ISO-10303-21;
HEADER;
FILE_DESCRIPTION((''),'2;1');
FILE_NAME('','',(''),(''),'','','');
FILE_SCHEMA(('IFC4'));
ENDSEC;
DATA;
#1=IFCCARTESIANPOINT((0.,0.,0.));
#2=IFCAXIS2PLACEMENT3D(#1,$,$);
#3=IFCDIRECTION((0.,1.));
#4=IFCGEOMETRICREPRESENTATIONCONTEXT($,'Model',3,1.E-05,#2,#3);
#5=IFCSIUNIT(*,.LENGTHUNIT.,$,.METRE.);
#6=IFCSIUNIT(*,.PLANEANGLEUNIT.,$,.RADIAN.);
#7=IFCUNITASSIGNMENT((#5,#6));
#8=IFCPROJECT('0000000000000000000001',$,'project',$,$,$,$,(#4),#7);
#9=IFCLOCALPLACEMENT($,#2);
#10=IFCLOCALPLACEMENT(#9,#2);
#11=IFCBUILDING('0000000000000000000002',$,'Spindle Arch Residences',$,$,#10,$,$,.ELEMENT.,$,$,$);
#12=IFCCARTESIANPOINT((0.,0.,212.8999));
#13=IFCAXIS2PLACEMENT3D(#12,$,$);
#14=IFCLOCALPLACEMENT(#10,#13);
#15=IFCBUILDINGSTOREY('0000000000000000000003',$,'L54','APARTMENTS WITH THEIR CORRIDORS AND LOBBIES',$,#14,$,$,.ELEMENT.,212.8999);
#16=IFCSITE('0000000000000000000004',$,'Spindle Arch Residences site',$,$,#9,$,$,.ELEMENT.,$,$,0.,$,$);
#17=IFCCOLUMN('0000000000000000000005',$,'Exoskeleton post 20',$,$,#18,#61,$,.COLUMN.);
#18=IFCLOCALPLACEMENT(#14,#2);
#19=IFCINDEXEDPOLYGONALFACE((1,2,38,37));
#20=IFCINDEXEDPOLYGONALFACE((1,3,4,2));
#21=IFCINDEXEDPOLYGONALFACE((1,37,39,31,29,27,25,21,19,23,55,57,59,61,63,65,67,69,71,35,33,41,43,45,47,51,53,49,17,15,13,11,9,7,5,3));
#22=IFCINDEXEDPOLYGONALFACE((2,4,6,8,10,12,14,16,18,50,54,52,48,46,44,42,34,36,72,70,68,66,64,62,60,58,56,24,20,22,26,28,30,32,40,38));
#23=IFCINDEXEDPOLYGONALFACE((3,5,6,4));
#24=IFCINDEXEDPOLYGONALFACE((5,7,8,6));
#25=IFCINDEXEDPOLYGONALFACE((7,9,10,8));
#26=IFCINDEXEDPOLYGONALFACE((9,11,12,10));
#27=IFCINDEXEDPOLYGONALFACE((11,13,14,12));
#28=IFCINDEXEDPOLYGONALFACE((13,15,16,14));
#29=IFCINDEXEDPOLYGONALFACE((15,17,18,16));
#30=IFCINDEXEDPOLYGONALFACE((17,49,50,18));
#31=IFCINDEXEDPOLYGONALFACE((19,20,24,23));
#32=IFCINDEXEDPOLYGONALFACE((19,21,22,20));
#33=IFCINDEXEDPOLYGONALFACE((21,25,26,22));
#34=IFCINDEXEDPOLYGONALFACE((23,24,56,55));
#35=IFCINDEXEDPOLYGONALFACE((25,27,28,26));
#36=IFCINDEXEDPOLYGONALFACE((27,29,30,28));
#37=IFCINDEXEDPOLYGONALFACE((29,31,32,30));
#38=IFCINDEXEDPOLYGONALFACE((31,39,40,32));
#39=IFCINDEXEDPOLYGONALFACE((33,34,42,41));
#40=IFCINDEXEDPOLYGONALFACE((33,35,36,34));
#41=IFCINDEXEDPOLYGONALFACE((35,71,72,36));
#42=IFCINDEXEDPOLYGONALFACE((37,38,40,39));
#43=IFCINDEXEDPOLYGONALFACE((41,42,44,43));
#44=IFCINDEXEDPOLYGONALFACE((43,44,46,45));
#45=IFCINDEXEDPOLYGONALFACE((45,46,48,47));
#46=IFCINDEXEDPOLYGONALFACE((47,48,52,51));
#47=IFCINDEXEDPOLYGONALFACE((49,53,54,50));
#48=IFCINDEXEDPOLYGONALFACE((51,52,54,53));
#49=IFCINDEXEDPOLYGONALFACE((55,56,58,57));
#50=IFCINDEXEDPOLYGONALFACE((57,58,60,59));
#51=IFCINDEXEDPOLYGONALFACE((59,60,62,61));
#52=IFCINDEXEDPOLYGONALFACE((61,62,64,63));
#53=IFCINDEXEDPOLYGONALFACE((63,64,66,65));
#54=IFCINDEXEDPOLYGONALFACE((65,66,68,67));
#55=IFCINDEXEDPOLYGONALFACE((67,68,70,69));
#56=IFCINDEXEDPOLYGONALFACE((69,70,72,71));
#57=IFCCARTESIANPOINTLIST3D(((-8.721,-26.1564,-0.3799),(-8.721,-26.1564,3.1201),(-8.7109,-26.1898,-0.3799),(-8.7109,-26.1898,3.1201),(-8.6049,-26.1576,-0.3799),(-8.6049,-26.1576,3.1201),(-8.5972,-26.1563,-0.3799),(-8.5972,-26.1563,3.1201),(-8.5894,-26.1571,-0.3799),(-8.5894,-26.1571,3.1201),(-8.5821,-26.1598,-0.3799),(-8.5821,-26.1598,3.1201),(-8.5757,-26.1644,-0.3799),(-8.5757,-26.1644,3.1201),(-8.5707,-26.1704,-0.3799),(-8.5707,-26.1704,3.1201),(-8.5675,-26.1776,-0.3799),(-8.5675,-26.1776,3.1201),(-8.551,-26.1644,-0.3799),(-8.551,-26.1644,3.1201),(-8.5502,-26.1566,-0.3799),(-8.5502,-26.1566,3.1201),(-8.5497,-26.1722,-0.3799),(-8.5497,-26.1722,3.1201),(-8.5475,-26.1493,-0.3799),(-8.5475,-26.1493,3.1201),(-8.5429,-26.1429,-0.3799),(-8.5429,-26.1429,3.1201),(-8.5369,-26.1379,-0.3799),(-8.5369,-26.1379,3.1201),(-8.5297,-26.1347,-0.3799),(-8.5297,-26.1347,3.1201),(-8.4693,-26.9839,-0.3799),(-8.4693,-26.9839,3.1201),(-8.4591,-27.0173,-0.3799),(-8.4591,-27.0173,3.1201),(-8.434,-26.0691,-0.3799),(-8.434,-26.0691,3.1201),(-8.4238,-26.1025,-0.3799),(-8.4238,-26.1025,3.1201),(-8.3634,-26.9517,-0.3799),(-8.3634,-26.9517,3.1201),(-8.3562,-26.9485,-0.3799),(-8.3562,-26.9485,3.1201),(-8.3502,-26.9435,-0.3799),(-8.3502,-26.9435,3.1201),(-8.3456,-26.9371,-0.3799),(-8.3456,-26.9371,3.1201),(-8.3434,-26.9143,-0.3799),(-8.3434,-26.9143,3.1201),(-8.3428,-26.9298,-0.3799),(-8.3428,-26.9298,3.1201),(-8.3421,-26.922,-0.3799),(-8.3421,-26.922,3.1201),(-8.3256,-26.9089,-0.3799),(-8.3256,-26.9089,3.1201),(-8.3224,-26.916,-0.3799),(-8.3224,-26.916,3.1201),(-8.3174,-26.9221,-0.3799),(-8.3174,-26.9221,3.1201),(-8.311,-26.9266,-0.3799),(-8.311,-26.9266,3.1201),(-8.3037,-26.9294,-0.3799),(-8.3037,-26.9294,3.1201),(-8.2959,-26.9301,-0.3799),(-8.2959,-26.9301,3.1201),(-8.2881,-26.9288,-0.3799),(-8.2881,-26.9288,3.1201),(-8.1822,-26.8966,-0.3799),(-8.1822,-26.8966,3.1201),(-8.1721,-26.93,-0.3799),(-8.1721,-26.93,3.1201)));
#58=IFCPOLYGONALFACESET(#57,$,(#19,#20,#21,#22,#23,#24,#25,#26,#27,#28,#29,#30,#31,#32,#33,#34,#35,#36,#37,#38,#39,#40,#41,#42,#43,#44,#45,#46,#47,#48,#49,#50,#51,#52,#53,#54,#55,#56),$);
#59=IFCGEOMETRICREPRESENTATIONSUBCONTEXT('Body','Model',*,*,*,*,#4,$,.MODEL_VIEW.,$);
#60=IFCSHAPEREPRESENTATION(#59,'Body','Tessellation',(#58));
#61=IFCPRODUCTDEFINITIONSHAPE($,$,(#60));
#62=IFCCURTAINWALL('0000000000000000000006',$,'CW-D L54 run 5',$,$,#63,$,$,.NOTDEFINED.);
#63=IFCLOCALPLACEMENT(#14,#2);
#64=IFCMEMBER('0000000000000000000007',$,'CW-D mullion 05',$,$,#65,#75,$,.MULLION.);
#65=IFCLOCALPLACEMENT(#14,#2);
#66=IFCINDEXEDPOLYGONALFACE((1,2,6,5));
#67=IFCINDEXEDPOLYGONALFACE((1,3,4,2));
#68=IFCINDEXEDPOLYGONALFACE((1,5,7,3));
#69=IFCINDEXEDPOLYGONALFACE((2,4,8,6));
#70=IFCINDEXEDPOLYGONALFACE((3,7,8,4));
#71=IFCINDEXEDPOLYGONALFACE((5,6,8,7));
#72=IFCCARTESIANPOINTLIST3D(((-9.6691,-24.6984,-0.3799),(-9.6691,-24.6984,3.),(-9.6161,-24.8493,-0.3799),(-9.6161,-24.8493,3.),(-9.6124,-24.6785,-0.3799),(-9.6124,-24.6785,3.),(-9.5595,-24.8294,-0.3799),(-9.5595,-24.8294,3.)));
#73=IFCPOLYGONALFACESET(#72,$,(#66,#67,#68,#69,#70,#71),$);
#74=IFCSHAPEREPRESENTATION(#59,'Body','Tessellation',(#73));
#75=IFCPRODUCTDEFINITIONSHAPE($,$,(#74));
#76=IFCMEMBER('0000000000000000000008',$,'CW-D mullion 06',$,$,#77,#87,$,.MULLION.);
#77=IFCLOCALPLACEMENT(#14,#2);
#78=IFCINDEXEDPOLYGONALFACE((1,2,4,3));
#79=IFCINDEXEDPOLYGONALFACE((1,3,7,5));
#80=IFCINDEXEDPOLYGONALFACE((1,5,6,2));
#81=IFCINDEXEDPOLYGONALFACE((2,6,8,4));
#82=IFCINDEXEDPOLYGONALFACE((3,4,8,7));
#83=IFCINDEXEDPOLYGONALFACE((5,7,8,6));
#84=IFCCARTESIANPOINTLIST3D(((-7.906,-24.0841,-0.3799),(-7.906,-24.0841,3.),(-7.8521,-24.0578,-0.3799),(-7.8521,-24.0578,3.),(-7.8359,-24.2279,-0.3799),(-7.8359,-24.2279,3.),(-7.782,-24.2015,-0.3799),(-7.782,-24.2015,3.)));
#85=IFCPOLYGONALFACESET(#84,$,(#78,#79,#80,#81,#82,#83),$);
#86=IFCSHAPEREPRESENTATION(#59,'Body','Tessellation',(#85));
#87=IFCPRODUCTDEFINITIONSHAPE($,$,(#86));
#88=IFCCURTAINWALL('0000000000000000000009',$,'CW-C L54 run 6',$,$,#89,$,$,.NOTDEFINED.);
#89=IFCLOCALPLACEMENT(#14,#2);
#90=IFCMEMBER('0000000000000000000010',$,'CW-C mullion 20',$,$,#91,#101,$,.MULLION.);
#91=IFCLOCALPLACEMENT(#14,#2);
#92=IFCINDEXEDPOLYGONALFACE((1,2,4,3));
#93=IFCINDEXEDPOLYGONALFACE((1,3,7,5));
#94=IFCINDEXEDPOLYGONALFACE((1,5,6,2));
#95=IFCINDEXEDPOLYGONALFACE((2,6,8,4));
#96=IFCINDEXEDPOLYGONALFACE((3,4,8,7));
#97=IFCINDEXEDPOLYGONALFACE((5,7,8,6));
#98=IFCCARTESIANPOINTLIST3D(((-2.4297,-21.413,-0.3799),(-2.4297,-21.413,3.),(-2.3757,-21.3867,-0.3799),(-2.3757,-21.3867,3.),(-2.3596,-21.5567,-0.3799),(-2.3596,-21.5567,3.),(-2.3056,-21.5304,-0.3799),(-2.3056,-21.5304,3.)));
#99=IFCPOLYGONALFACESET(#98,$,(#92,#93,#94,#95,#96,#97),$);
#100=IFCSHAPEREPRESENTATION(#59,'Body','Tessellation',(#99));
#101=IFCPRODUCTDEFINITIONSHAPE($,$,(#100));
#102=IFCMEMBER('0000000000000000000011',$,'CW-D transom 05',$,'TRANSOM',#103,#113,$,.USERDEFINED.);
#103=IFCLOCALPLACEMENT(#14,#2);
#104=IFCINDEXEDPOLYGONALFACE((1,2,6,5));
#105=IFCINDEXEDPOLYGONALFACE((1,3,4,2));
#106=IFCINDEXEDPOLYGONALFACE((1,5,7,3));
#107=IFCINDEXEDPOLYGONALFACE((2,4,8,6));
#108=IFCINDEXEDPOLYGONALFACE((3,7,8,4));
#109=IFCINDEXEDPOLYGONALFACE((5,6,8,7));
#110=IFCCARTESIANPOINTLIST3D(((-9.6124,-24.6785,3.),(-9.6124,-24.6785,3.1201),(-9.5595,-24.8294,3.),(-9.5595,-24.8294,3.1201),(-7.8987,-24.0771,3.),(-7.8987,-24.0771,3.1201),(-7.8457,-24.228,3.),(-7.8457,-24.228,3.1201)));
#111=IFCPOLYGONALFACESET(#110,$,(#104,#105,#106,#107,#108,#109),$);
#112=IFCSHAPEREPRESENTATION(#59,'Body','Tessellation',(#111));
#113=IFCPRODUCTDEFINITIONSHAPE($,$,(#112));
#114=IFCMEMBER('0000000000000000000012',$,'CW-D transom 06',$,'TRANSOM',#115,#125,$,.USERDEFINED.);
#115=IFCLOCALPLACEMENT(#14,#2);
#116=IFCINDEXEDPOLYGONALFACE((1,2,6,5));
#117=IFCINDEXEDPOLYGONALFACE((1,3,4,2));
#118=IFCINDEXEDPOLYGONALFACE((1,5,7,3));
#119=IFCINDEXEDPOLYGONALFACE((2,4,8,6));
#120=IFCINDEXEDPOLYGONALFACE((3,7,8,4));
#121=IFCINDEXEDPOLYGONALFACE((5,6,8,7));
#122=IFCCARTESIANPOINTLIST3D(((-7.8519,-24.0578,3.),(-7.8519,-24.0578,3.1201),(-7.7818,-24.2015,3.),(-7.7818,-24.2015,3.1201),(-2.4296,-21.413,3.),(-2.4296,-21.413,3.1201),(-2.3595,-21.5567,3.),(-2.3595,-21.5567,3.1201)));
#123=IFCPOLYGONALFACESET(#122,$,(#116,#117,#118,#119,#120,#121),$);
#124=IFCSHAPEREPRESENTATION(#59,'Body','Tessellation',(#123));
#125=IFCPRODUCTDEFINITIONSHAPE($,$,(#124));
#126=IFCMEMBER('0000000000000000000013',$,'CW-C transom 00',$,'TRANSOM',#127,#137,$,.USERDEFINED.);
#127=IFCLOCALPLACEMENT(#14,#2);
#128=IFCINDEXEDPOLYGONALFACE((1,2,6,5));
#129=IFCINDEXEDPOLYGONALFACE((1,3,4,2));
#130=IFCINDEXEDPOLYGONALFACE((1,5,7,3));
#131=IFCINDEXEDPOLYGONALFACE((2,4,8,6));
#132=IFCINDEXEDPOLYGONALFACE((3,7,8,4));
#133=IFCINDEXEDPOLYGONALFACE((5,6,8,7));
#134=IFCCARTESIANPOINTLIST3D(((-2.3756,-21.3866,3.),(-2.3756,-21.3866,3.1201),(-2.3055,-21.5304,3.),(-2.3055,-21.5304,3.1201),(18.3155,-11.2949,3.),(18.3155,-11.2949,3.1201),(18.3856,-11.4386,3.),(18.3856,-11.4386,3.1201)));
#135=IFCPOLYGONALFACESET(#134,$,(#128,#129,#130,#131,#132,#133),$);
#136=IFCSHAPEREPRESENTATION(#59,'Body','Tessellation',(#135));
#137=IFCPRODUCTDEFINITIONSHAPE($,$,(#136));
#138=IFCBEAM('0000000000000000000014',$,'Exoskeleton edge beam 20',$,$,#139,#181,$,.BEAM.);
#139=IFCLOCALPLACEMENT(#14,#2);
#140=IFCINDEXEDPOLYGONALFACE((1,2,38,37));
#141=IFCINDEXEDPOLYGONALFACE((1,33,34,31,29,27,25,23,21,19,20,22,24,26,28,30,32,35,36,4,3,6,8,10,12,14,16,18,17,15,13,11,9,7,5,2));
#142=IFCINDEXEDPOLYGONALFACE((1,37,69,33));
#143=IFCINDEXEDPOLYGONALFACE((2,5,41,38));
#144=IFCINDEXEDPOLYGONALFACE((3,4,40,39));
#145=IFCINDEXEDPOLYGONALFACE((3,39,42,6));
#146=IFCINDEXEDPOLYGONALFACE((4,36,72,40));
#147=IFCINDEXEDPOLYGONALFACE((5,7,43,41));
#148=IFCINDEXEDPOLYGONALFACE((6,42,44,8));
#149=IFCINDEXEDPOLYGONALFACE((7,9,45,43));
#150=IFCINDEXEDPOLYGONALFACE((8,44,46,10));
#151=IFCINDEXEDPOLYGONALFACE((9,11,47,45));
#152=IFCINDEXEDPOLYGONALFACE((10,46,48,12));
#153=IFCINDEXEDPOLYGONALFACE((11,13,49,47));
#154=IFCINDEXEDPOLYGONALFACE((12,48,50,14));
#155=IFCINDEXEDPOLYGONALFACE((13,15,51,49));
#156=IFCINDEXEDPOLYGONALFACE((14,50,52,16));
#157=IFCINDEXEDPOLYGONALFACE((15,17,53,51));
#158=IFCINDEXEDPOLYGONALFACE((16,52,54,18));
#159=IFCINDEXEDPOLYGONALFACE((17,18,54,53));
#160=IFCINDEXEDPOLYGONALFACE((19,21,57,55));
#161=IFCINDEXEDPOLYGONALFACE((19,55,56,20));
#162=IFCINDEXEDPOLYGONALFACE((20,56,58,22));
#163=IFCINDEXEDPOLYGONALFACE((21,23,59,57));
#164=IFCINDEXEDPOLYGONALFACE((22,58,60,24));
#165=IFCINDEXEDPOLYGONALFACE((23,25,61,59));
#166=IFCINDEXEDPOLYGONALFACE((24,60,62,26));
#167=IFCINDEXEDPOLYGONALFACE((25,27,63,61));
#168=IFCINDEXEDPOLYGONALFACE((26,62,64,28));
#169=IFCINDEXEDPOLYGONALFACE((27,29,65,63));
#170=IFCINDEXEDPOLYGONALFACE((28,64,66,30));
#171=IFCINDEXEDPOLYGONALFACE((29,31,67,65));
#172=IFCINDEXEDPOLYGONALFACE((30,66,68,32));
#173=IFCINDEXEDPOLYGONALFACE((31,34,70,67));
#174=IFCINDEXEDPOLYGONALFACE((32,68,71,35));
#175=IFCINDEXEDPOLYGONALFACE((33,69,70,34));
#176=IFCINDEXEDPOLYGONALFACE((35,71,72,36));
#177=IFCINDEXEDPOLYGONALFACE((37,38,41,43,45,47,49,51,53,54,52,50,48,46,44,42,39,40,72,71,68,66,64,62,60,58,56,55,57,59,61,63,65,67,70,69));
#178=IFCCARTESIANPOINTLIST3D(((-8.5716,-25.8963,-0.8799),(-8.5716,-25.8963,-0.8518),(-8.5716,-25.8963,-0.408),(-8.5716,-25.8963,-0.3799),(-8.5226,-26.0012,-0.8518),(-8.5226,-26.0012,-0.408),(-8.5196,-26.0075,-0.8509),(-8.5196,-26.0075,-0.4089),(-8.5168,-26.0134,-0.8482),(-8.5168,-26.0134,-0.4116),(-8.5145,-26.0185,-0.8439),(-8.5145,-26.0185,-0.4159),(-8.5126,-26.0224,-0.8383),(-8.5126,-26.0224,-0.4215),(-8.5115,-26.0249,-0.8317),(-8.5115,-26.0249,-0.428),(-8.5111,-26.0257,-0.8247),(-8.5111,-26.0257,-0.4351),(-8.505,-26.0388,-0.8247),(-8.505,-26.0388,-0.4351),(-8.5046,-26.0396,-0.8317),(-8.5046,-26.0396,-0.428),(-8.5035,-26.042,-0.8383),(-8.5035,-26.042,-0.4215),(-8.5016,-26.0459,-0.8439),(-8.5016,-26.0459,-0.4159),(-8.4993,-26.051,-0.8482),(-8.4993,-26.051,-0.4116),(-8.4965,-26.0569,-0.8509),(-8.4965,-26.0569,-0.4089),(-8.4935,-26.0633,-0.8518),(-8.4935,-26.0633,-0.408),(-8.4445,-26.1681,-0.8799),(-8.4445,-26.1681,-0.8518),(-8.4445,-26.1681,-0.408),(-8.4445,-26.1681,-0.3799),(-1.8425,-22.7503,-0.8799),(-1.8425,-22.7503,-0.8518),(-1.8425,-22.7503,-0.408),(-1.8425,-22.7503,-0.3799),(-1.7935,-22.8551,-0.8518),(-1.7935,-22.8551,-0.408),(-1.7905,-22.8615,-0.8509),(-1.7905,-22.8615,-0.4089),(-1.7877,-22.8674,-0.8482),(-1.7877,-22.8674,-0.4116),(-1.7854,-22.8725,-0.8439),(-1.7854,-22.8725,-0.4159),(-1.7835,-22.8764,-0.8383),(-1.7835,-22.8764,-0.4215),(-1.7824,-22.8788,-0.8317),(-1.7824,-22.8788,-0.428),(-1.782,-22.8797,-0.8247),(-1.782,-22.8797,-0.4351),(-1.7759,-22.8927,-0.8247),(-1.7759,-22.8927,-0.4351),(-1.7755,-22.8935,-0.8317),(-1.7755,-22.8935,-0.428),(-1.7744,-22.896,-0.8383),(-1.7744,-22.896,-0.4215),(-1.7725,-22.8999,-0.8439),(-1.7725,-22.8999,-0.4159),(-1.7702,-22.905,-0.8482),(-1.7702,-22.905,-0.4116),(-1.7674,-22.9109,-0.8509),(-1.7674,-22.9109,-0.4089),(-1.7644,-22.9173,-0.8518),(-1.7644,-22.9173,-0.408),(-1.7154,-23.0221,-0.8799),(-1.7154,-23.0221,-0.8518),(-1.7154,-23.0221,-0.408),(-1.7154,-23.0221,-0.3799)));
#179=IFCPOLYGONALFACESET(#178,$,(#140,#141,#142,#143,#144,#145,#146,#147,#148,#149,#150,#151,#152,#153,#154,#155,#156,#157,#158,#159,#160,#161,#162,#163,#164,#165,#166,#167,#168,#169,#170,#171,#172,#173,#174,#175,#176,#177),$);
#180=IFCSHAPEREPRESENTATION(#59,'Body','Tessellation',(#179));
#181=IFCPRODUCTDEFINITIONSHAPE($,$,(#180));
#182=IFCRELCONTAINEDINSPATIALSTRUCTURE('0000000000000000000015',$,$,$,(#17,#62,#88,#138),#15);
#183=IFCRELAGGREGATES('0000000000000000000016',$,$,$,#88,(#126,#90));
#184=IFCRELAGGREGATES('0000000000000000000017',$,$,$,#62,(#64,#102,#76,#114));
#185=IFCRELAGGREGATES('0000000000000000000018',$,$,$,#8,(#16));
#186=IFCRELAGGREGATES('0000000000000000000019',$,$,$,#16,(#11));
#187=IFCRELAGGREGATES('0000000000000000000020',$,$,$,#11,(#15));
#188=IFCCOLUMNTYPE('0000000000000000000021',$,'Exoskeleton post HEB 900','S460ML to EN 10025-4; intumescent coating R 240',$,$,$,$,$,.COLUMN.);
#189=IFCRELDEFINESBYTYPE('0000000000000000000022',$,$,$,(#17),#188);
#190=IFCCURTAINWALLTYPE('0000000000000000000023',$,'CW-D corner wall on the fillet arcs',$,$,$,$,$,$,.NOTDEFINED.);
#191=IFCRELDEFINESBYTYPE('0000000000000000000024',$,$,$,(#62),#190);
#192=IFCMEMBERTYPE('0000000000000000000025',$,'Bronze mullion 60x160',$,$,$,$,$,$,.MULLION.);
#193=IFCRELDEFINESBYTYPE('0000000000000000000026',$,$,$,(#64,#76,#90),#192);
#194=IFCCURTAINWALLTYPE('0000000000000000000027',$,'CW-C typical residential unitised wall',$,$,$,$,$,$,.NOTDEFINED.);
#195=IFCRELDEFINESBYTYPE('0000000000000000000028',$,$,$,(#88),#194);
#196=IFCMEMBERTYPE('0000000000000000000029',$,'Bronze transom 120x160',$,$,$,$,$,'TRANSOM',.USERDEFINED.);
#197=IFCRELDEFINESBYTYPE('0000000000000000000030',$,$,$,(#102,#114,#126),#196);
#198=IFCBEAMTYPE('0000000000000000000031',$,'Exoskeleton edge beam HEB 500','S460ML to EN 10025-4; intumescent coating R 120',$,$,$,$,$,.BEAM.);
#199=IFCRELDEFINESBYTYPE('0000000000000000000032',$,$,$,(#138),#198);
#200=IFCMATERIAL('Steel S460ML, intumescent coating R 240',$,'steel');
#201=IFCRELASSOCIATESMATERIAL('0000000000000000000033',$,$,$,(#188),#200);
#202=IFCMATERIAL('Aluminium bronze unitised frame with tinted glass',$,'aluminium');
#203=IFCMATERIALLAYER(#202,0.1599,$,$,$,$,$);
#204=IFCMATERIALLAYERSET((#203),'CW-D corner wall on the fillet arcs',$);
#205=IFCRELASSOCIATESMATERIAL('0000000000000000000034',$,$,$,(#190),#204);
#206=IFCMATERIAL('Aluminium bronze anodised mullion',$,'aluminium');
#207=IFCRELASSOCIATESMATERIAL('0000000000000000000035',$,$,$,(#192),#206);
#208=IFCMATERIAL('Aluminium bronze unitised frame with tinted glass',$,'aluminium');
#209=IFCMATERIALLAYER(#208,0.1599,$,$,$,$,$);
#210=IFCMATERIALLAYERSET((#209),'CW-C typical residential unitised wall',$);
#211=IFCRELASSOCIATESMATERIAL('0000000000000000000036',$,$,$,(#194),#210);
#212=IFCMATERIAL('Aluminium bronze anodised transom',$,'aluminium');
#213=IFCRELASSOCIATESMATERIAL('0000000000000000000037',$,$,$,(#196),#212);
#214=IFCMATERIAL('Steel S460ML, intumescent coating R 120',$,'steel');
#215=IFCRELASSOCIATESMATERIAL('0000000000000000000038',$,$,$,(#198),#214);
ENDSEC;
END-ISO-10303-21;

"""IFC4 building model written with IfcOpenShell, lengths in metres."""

from ifc_helpers import new_model, si_unit, direction, frame, origin, origin_2d, place, context, subcontext, project, spatial, rectangle, i_section, extrude, material, layer, layer_set, material_profile, profile_set, type_object, element, aggregate, save


model = new_model("IFC4")

# Units and contexts
model_context = context("Model", 3, precision=1e-05, world=origin(), true_north=direction((0.0, 1.0)))
body_context = subcontext(model_context, "Body", "Model", "MODEL_VIEW")
ifc_project = project(units=[si_unit("LENGTHUNIT", "METRE"), si_unit("PLANEANGLEUNIT", "RADIAN")], contexts=[model_context])

# Site, building, storey
site_placement = place(None, origin())
site = spatial("IfcSite", under=ifc_project, at=site_placement, Name="Spindle Arch Residences site", CompositionType="ELEMENT", RefElevation=0.0)
building_placement = place(site_placement, origin())
building = spatial("IfcBuilding", under=site, at=building_placement, Name="Spindle Arch Residences", CompositionType="ELEMENT")
storey_placement = place(building_placement, frame((0.0, 0.0, 212.8999)))
storey = spatial("IfcBuildingStorey", under=building, at=storey_placement, Name="L54", Description="APARTMENTS WITH THEIR CORRIDORS AND LOBBIES", CompositionType="ELEMENT", Elevation=212.8999)

# Column
ifc_material_1 = material(Name="Steel S460ML, intumescent coating R 240", Category="steel")
ifc_material_profile_1 = material_profile(ifc_material_1, i_section(OverallWidth=0.3, OverallDepth=0.8999, WebThickness=0.0186, FlangeThickness=0.0349, FilletRadius=0.03, at=origin_2d()), Name="HEB 900")
ifc_profile_set_1 = profile_set([ifc_material_profile_1], Name="Steel S460ML, intumescent coating R 240")
column_type = type_object("IfcColumnType", Name="Exoskeleton post HEB 900", Description="S460ML to EN 10025-4; intumescent coating R 240", PredefinedType="COLUMN", material=ifc_profile_set_1)
column_placement = place(storey_placement, frame((-8.4465, -26.5432, -0.3799), z_axis=(0.0, 0.0, 1.0), x_axis=(-0.956715, -0.291028, 0.0)))
element("IfcColumn", 1, at=column_placement, inside=storey, type_object=column_type, Name="Exoskeleton post 20", PredefinedType="COLUMN", context=body_context, shape_type="SweptSolid", body=[
    extrude(i_section(OverallWidth=0.3, OverallDepth=0.8999, WebThickness=0.0186, FlangeThickness=0.0349, FilletRadius=0.03, at=origin_2d()), origin(), (0.0, 0.0, 1.0), 3.5),
])

# Curtain wall, members
ifc_material_2 = material(Name="Aluminium bronze unitised frame with tinted glass", Category="aluminium")
ifc_layer_1 = layer(ifc_material_2, 0.1599)
ifc_layer_set_1 = layer_set([ifc_layer_1], Name="CW-D corner wall on the fillet arcs")
curtain_wall_type_1 = type_object("IfcCurtainWallType", Name="CW-D corner wall on the fillet arcs", PredefinedType="NOTDEFINED", material=ifc_layer_set_1)
curtain_wall_1_placement = place(storey_placement, origin())
curtain_wall_1 = element("IfcCurtainWall", 2, at=curtain_wall_1_placement, inside=storey, type_object=curtain_wall_type_1, Name="CW-D L54 run 5", PredefinedType="NOTDEFINED")
ifc_material_3 = material(Name="Aluminium bronze anodised mullion", Category="aluminium")
ifc_material_profile_2 = material_profile(ifc_material_3, rectangle(XDim=0.1599, YDim=0.0601, at=origin_2d()), Name="MU 60x160")
ifc_profile_set_2 = profile_set([ifc_material_profile_2], Name="Aluminium bronze anodised mullion")
member_type_1 = type_object("IfcMemberType", Name="Bronze mullion 60x160", PredefinedType="MULLION", material=ifc_profile_set_2)
member_1_placement = place(storey_placement, frame((-9.6143, -24.7639, -0.3799), z_axis=(0.0, 0.0, 1.0), x_axis=(-0.331063, 0.943609, 0.0)))
member_1 = element("IfcMember", 3, at=member_1_placement, type_object=member_type_1, Name="CW-D mullion 05", PredefinedType="MULLION", context=body_context, shape_type="SweptSolid", body=[
    extrude(rectangle(XDim=0.1599, YDim=0.0601, at=origin_2d()), origin(), (0.0, 0.0, 1.0), 3.3799),
])
member_2_placement = place(storey_placement, frame((-7.844, -24.1428, -0.3799), z_axis=(0.0, 0.0, 1.0), x_axis=(-0.438371, 0.898794, 0.0)))
member_2 = element("IfcMember", 4, at=member_2_placement, type_object=member_type_1, Name="CW-D mullion 06", PredefinedType="MULLION", context=body_context, shape_type="SweptSolid", body=[
    extrude(rectangle(XDim=0.1599, YDim=0.0601, at=origin_2d()), origin(), (0.0, 0.0, 1.0), 3.3799),
])

# Curtain wall, member
ifc_material_4 = material(Name="Aluminium bronze unitised frame with tinted glass", Category="aluminium")
ifc_layer_2 = layer(ifc_material_4, 0.1599)
ifc_layer_set_2 = layer_set([ifc_layer_2], Name="CW-C typical residential unitised wall")
curtain_wall_type_2 = type_object("IfcCurtainWallType", Name="CW-C typical residential unitised wall", PredefinedType="NOTDEFINED", material=ifc_layer_set_2)
curtain_wall_2_placement = place(storey_placement, origin())
curtain_wall_2 = element("IfcCurtainWall", 5, at=curtain_wall_2_placement, inside=storey, type_object=curtain_wall_type_2, Name="CW-C L54 run 6", PredefinedType="NOTDEFINED")
member_3_placement = place(storey_placement, frame((-2.3677, -21.4717, -0.3799), z_axis=(0.0, 0.0, 1.0), x_axis=(-0.438371, 0.898794, 0.0)))
member_3 = element("IfcMember", 6, at=member_3_placement, type_object=member_type_1, Name="CW-C mullion 20", PredefinedType="MULLION", context=body_context, shape_type="SweptSolid", body=[
    extrude(rectangle(XDim=0.1599, YDim=0.0601, at=origin_2d()), origin(), (0.0, 0.0, 1.0), 3.3799),
])

# Members
ifc_material_5 = material(Name="Aluminium bronze anodised transom", Category="aluminium")
ifc_material_profile_3 = material_profile(ifc_material_5, rectangle(XDim=0.1599, YDim=0.1201, at=origin_2d()), Name="TR 120x160")
ifc_profile_set_3 = profile_set([ifc_material_profile_3], Name="Aluminium bronze anodised transom")
member_type_2 = type_object("IfcMemberType", Name="Bronze transom 120x160", ElementType="TRANSOM", PredefinedType="USERDEFINED", material=ifc_profile_set_3)
member_4_placement = place(storey_placement, frame((-9.5859, -24.7539, 3.0601), z_axis=(0.943592, 0.331111, 0.0), x_axis=(-0.331111, 0.943592, 0.0)))
member_4 = element("IfcMember", 7, at=member_4_placement, type_object=member_type_2, Name="CW-D transom 05", ObjectType="TRANSOM", PredefinedType="USERDEFINED", context=body_context, shape_type="SweptSolid", body=[
    extrude(rectangle(XDim=0.1599, YDim=0.1201, at=origin_2d()), origin(), (0.0, 0.0, 1.0), 1.8162),
])
member_5_placement = place(storey_placement, frame((-7.8169, -24.1296, 3.0601), z_axis=(0.898787, 0.438386, 0.0), x_axis=(-0.438386, 0.898787, 0.0)))
member_5 = element("IfcMember", 8, at=member_5_placement, type_object=member_type_2, Name="CW-D transom 06", ObjectType="TRANSOM", PredefinedType="USERDEFINED", context=body_context, shape_type="SweptSolid", body=[
    extrude(rectangle(XDim=0.1599, YDim=0.1201, at=origin_2d()), origin(), (0.0, 0.0, 1.0), 6.033),
])
member_6_placement = place(storey_placement, frame((-2.3406, -21.4585, 3.0601), z_axis=(0.898793, 0.438373, 0.0), x_axis=(-0.438373, 0.898793, 0.0)))
member_6 = element("IfcMember", 9, at=member_6_placement, type_object=member_type_2, Name="CW-C transom 00", ObjectType="TRANSOM", PredefinedType="USERDEFINED", context=body_context, shape_type="SweptSolid", body=[
    extrude(rectangle(XDim=0.1599, YDim=0.1201, at=origin_2d()), origin(), (0.0, 0.0, 1.0), 23.021),
])
aggregate(curtain_wall_2, [member_6, member_3])

# Beam
ifc_material_6 = material(Name="Steel S460ML, intumescent coating R 120", Category="steel")
ifc_material_profile_4 = material_profile(ifc_material_6, i_section(OverallWidth=0.3, OverallDepth=0.5, WebThickness=0.0144, FlangeThickness=0.0281, FilletRadius=0.0271, at=origin_2d()), Name="HEB 500")
ifc_profile_set_4 = profile_set([ifc_material_profile_4], Name="Steel S460ML, intumescent coating R 120")
beam_type_1 = type_object("IfcBeamType", Name="Exoskeleton edge beam HEB 500", Description="S460ML to EN 10025-4; intumescent coating R 120", PredefinedType="BEAM", material=ifc_profile_set_4)
beam_1_placement = place(storey_placement, frame((-8.5081, -26.0322, -0.6299), z_axis=(0.905884, 0.423526, 0.0), x_axis=(-0.423526, 0.905884, 0.0)))
element("IfcBeam", 10, at=beam_1_placement, inside=storey, type_object=beam_type_1, Name="Exoskeleton edge beam 20", PredefinedType="BEAM", context=body_context, shape_type="SweptSolid", body=[
    extrude(i_section(OverallWidth=0.3, OverallDepth=0.5, WebThickness=0.0144, FlangeThickness=0.0281, FilletRadius=0.0271, at=origin_2d()), origin(), (0.0, 0.0, 1.0), 7.4282),
])

aggregate(curtain_wall_1, [member_1, member_4, member_2, member_5])

save(model, "model.ifc")
